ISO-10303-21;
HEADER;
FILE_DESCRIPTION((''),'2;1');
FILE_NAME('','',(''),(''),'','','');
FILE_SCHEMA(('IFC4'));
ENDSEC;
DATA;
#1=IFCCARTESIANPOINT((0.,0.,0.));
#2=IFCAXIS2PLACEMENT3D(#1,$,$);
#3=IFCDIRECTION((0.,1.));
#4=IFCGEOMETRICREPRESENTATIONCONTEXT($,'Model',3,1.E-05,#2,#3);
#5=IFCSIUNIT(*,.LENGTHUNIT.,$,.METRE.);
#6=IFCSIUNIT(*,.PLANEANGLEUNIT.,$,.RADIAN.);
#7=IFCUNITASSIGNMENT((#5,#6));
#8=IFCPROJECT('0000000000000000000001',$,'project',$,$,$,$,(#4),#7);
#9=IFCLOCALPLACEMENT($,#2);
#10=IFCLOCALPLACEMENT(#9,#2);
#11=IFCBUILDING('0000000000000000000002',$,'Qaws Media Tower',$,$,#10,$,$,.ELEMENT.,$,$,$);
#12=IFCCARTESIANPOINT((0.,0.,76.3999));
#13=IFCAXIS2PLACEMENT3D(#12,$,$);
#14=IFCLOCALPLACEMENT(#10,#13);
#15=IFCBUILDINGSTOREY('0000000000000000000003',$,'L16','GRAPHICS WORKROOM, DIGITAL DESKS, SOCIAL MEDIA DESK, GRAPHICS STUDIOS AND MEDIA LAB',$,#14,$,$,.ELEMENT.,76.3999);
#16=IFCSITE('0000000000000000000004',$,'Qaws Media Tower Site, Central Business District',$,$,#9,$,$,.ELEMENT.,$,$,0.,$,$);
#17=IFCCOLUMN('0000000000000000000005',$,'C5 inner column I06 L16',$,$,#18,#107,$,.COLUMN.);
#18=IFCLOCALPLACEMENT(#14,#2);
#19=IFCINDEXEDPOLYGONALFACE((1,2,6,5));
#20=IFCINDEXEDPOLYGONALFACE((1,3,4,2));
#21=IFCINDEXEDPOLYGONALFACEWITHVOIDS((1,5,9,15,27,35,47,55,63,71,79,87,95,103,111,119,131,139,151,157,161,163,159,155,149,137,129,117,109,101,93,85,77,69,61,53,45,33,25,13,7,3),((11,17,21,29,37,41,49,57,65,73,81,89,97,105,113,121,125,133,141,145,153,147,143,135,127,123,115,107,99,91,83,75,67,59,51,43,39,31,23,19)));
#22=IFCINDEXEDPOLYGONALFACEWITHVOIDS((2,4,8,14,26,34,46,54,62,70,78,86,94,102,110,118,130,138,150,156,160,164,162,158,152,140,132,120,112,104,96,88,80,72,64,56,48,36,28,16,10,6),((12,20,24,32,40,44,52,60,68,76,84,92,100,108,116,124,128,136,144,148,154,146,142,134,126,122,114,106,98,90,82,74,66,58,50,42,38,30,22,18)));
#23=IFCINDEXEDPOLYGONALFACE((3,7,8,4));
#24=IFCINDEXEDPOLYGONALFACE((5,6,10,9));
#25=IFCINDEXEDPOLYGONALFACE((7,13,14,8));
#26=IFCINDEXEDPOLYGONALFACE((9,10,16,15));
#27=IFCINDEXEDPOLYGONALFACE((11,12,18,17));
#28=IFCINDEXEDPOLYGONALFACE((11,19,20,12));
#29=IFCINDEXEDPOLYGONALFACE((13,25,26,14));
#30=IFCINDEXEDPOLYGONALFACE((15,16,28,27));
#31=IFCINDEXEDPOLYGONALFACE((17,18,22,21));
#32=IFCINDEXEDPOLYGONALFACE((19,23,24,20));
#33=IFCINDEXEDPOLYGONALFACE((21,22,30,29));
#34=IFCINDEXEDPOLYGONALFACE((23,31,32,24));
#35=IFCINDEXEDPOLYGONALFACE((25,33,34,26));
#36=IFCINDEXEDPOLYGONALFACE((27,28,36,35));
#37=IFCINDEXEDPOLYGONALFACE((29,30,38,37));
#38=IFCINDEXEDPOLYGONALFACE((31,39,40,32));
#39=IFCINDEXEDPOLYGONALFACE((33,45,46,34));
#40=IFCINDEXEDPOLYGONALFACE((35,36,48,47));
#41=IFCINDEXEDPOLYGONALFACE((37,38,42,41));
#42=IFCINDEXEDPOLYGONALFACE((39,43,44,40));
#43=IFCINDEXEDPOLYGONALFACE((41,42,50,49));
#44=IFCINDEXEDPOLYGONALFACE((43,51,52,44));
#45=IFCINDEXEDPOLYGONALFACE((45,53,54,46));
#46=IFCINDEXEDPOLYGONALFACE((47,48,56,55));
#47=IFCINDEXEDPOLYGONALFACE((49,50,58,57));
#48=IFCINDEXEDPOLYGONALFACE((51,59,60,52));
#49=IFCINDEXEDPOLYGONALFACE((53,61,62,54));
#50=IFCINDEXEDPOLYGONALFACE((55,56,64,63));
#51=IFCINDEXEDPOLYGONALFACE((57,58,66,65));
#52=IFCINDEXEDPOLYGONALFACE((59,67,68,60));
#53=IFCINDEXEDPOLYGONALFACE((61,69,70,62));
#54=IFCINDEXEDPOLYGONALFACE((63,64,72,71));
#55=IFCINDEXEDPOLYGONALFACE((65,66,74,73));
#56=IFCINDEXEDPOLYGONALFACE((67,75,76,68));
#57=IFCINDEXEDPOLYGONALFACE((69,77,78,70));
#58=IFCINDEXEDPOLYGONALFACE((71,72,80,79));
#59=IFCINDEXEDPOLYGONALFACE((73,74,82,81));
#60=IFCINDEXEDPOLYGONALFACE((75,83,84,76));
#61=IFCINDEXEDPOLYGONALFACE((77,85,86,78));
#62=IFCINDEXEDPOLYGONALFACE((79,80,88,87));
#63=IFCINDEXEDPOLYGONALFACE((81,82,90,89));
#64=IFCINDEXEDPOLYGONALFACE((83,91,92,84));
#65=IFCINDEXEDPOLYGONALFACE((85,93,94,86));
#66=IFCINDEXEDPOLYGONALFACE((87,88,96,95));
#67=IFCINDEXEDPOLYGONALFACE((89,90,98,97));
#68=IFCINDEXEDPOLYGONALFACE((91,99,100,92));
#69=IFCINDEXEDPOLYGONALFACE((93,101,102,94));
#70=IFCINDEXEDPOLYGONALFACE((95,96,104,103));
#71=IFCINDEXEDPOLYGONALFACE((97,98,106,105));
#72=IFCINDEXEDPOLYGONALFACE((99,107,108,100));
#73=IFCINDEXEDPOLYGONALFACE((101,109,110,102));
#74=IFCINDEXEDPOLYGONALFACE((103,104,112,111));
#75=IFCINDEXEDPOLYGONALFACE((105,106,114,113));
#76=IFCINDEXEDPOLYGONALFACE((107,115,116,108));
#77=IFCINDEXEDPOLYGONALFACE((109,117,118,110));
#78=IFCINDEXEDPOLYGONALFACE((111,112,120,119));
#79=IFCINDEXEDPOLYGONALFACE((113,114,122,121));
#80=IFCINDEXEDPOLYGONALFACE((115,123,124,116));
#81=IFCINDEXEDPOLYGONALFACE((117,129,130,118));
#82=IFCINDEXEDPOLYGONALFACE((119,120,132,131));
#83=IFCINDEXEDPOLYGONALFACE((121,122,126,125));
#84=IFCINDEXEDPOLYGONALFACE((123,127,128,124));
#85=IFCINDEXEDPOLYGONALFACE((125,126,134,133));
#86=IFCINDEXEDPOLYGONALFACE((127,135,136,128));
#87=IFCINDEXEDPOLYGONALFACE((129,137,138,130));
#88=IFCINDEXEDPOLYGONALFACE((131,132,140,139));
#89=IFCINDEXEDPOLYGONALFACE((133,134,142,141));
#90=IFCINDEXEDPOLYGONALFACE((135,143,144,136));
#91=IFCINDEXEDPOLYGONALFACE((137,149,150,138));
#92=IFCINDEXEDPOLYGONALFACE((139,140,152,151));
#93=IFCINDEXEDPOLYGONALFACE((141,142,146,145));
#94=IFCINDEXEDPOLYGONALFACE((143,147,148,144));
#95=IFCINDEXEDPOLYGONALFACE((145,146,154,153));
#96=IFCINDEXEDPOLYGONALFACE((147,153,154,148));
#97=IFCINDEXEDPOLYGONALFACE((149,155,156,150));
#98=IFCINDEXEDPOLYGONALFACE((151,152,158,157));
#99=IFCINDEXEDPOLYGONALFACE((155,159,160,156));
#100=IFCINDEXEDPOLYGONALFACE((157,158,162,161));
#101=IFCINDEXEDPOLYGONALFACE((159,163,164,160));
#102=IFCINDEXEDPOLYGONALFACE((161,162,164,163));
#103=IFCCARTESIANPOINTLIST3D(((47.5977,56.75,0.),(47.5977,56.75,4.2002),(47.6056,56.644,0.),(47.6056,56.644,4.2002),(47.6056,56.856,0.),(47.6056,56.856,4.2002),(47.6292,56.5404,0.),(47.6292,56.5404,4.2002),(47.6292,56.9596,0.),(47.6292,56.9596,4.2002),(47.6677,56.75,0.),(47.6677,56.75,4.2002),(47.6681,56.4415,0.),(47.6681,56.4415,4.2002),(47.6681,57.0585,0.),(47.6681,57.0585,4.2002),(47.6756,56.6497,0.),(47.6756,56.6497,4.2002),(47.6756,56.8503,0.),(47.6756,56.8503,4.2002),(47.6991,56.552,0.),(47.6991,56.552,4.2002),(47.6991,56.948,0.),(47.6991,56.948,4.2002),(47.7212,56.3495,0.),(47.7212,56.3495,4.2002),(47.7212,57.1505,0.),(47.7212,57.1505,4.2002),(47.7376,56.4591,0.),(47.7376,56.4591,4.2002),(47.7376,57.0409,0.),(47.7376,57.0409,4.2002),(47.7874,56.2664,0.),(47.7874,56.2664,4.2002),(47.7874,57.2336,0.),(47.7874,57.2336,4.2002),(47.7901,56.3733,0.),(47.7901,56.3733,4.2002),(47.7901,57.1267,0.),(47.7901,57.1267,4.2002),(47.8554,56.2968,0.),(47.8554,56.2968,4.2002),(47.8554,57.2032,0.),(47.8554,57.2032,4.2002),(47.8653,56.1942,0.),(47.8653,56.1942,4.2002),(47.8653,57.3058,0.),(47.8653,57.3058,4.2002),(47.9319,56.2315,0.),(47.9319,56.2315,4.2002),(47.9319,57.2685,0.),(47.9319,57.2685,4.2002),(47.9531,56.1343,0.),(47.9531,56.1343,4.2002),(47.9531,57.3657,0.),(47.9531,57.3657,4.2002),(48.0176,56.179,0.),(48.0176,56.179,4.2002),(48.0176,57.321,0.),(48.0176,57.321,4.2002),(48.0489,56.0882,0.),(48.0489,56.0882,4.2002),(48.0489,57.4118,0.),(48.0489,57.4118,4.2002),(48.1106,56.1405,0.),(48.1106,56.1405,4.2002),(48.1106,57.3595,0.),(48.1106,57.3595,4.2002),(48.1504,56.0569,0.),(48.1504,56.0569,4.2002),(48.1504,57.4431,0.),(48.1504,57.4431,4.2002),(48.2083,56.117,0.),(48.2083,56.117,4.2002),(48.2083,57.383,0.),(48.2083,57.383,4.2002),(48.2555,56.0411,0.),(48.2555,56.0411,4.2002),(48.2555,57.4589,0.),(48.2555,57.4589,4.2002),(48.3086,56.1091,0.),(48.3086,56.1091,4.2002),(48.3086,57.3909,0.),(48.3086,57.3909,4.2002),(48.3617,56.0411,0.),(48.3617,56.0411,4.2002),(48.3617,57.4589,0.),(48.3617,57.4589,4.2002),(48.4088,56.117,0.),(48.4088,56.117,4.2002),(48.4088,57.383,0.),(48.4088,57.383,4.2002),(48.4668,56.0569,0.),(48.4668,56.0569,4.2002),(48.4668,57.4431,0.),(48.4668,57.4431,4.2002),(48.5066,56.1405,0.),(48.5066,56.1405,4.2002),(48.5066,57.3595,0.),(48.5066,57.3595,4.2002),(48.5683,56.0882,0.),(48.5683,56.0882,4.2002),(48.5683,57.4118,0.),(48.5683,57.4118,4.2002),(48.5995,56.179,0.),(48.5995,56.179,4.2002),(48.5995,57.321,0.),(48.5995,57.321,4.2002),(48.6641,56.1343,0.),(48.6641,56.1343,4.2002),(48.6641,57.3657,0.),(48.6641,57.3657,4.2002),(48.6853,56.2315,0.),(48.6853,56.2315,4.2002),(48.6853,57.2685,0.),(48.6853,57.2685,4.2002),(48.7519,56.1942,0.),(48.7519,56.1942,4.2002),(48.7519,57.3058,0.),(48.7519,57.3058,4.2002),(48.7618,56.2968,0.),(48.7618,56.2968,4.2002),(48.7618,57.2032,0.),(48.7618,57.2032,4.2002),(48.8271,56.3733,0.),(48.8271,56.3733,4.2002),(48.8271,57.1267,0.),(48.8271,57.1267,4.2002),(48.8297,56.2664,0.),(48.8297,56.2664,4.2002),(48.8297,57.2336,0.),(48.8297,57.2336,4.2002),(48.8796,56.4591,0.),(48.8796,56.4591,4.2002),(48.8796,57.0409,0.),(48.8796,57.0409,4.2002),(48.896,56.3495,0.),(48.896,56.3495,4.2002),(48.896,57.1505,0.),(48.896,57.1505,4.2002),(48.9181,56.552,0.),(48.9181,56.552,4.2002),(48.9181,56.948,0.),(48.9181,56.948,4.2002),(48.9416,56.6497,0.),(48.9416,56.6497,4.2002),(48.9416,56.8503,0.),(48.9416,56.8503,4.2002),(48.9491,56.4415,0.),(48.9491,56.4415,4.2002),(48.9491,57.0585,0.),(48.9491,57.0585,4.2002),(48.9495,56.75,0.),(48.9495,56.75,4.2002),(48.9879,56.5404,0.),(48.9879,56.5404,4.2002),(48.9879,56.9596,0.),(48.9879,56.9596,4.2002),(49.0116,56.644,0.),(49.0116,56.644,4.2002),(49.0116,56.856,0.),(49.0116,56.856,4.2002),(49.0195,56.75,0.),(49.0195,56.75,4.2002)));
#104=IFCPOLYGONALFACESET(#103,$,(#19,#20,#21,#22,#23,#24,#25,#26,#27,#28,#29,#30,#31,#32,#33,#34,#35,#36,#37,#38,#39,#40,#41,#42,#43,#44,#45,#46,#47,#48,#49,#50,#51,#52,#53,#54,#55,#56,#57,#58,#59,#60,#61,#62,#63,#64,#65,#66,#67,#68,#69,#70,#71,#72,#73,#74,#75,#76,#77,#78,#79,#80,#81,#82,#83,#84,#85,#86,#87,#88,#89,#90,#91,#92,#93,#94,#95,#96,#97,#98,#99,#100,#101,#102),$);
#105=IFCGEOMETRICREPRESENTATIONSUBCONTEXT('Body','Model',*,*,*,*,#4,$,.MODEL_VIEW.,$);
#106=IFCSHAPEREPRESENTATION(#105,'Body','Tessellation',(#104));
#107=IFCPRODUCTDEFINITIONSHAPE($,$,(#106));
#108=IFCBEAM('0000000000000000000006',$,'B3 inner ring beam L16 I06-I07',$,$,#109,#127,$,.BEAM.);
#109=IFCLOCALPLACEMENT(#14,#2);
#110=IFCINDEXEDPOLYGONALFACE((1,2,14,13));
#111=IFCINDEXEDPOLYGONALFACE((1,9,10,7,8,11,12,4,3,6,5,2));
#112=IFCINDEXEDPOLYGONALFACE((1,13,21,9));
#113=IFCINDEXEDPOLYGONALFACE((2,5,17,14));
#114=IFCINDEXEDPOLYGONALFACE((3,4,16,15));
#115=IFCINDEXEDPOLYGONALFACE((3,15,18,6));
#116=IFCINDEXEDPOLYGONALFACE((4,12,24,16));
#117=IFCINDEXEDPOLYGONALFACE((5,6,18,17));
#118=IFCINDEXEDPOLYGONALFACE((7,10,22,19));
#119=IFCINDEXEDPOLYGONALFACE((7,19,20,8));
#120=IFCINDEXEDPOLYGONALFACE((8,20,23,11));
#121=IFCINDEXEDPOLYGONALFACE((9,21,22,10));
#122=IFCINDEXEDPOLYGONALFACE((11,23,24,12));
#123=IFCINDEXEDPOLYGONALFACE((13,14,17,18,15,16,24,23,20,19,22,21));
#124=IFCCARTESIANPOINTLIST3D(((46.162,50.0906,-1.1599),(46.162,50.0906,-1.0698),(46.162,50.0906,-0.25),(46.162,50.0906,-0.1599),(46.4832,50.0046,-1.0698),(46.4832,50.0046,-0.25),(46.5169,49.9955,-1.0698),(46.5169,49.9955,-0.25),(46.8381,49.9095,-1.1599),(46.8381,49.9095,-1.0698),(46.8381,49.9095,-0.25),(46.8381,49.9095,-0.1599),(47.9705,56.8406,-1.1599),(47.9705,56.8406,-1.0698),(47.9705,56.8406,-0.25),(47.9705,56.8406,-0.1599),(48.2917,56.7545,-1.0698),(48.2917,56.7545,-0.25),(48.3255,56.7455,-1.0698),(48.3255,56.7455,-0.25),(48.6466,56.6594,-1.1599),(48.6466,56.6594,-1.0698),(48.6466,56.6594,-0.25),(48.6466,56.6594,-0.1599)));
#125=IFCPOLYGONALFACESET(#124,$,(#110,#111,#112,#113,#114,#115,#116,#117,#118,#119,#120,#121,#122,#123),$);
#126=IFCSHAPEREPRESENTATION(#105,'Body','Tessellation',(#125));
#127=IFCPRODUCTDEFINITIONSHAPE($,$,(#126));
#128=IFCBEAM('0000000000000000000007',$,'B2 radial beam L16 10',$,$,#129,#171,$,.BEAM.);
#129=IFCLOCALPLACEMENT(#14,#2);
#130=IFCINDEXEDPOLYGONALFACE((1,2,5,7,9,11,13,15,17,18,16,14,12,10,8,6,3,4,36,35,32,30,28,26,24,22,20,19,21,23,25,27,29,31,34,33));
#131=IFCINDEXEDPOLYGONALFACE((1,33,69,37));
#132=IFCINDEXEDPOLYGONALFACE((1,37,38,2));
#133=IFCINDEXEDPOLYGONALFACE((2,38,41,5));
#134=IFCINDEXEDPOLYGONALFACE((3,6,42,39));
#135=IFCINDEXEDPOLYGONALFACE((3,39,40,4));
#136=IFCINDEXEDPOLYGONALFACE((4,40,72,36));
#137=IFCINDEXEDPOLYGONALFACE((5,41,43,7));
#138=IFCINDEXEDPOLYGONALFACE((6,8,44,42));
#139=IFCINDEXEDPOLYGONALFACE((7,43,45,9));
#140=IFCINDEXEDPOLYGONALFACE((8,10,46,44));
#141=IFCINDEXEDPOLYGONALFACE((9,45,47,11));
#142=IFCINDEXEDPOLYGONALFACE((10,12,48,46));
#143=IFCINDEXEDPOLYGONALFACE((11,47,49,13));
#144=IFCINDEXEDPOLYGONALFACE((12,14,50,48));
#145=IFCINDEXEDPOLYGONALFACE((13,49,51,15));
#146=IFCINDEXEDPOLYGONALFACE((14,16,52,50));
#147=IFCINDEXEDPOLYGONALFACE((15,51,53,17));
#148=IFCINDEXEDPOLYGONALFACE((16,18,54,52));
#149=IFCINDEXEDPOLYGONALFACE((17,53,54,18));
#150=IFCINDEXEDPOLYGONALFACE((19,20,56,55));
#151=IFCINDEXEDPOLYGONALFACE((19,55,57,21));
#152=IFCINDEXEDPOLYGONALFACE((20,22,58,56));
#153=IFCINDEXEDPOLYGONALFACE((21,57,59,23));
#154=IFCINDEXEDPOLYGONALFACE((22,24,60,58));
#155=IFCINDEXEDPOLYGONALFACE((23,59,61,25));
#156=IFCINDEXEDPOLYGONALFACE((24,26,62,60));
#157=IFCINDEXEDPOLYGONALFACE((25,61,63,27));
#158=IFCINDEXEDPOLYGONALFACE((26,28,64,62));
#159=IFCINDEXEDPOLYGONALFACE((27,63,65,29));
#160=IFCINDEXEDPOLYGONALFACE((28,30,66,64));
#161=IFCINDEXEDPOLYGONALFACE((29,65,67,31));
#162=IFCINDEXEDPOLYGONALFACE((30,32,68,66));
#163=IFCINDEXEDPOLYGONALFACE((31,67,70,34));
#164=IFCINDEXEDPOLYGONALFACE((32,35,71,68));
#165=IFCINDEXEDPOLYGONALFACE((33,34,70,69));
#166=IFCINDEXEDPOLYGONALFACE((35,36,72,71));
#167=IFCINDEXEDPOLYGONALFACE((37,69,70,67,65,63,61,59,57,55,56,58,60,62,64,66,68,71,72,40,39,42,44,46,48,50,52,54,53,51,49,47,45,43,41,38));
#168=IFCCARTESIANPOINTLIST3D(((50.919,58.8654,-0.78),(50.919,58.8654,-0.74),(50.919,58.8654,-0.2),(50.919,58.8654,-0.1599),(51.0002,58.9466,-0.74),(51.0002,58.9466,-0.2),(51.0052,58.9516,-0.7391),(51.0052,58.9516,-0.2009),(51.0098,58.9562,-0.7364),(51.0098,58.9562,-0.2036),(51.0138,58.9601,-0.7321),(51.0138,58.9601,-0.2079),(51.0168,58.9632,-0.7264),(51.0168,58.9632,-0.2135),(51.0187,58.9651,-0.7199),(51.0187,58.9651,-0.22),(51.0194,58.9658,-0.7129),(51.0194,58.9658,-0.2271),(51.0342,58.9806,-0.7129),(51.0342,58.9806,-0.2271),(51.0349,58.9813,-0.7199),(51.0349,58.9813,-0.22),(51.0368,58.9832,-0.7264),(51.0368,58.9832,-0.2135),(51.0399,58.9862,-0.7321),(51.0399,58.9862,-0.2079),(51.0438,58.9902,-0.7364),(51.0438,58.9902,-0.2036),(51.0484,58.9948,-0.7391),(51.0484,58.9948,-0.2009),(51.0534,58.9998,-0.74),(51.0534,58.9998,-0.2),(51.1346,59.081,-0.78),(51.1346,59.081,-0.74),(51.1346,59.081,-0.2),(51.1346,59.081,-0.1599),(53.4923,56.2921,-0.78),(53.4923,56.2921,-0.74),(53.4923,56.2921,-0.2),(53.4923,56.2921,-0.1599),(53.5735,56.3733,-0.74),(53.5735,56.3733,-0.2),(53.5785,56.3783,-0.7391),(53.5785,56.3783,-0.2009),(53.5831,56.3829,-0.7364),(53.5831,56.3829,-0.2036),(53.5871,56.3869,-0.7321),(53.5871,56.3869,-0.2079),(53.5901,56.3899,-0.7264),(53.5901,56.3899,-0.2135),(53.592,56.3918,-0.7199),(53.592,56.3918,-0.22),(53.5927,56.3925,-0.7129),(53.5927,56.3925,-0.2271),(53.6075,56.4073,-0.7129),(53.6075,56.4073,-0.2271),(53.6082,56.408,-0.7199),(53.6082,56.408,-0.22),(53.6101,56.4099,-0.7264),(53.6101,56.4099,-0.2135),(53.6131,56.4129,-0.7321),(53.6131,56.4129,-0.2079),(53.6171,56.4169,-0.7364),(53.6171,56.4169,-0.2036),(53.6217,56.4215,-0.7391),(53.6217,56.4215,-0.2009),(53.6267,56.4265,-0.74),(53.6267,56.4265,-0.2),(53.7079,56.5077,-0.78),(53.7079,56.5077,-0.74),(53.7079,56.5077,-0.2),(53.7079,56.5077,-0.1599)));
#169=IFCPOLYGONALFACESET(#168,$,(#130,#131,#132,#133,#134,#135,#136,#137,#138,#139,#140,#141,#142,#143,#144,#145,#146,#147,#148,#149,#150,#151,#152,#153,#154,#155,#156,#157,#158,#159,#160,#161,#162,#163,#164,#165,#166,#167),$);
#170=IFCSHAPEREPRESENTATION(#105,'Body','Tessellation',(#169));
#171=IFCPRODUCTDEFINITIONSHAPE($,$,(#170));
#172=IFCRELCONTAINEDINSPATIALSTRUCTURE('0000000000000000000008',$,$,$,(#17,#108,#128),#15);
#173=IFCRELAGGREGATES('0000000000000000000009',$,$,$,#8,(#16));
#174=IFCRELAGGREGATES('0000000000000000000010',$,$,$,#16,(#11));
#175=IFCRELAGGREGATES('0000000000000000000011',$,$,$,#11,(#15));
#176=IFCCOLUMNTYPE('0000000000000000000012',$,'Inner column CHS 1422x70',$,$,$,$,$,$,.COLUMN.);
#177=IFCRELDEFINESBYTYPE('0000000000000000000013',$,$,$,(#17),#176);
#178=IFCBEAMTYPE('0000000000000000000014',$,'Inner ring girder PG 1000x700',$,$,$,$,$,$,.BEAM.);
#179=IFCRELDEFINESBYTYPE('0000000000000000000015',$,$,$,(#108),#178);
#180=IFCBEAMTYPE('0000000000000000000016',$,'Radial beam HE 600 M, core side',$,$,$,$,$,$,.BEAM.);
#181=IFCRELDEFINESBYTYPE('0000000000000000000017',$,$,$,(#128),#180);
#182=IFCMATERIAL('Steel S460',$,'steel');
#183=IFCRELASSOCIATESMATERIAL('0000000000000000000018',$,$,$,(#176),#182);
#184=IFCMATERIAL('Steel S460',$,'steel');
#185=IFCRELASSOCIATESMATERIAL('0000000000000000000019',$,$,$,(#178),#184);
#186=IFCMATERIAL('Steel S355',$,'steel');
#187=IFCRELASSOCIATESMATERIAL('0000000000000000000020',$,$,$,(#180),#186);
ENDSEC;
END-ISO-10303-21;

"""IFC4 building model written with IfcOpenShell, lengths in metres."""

from ifc_helpers import new_model, si_unit, direction, frame, origin, origin_2d, place, context, subcontext, project, spatial, hollow_circle, i_section, extrude, material, material_profile, profile_set, type_object, element, save


model = new_model("IFC4")

# Units and contexts
model_context = context("Model", 3, precision=1e-05, world=origin(), true_north=direction((0.0, 1.0)))
body_context = subcontext(model_context, "Body", "Model", "MODEL_VIEW")
ifc_project = project(units=[si_unit("LENGTHUNIT", "METRE"), si_unit("PLANEANGLEUNIT", "RADIAN")], contexts=[model_context])

# Site, building, storey
site_placement = place(None, origin())
site = spatial("IfcSite", under=ifc_project, at=site_placement, Name="Qaws Media Tower Site, Central Business District", CompositionType="ELEMENT", RefElevation=0.0)
building_placement = place(site_placement, origin())
building = spatial("IfcBuilding", under=site, at=building_placement, Name="Qaws Media Tower", CompositionType="ELEMENT")
storey_placement = place(building_placement, frame((0.0, 0.0, 76.3999)))
storey = spatial("IfcBuildingStorey", under=building, at=storey_placement, Name="L16", Description="GRAPHICS WORKROOM, DIGITAL DESKS, SOCIAL MEDIA DESK, GRAPHICS STUDIOS AND MEDIA LAB", CompositionType="ELEMENT", Elevation=76.3999)

# Column
ifc_material_1 = material(Name="Steel S460", Category="steel")
ifc_material_profile_1 = material_profile(ifc_material_1, hollow_circle(Radius=0.7109, WallThickness=0.0701, at=origin_2d()), Name="CHS 1422x70")
ifc_profile_set_1 = profile_set([ifc_material_profile_1], Name="Steel S460")
column_type = type_object("IfcColumnType", Name="Inner column CHS 1422x70", PredefinedType="COLUMN", material=ifc_profile_set_1)
column_placement = place(storey_placement, frame((48.3086, 56.75, 0.0), z_axis=(0.0, 0.0, 1.0), x_axis=(1.0, 0.0, 0.0)))
element("IfcColumn", 1, at=column_placement, inside=storey, type_object=column_type, Name="C5 inner column I06 L16", PredefinedType="COLUMN", context=body_context, shape_type="SweptSolid", body=[
    extrude(hollow_circle(Radius=0.7109, WallThickness=0.0701, at=origin_2d()), origin(), (0.0, 0.0, 1.0), 4.2002),
])

# Beams
ifc_material_2 = material(Name="Steel S460", Category="steel")
ifc_material_profile_2 = material_profile(ifc_material_2, i_section(OverallWidth=0.7, OverallDepth=1.0, WebThickness=0.0349, FlangeThickness=0.0901, at=origin_2d()), Name="PG 1000x700")
ifc_profile_set_2 = profile_set([ifc_material_profile_2], Name="Steel S460")
beam_type_1 = type_object("IfcBeamType", Name="Inner ring girder PG 1000x700", PredefinedType="BEAM", material=ifc_profile_set_2)
beam_1_placement = place(storey_placement, frame((48.3086, 56.75, -0.6599), z_axis=(-0.258811, -0.965928, 0.0), x_axis=(0.965928, -0.258811, 0.0)))
element("IfcBeam", 2, at=beam_1_placement, inside=storey, type_object=beam_type_1, Name="B3 inner ring beam L16 I06-I07", PredefinedType="BEAM", context=body_context, shape_type="SweptSolid", body=[
    extrude(i_section(OverallWidth=0.7, OverallDepth=1.0, WebThickness=0.0349, FlangeThickness=0.0901, at=origin_2d()), origin(), (0.0, 0.0, 1.0), 6.988),
])
ifc_material_3 = material(Name="Steel S355", Category="steel")
ifc_material_profile_3 = material_profile(ifc_material_3, i_section(OverallWidth=0.3049, OverallDepth=0.6201, WebThickness=0.021, FlangeThickness=0.04, FilletRadius=0.0271, at=origin_2d()), Name="HE 600 M")
ifc_profile_set_3 = profile_set([ifc_material_profile_3], Name="Steel S355")
beam_type_2 = type_object("IfcBeamType", Name="Radial beam HE 600 M, core side", PredefinedType="BEAM", material=ifc_profile_set_3)
beam_2_placement = place(storey_placement, frame((53.6001, 56.3999, -0.47), z_axis=(-0.707107, 0.707107, 0.0), x_axis=(-0.707107, -0.707107, 0.0)))
element("IfcBeam", 3, at=beam_2_placement, inside=storey, type_object=beam_type_2, Name="B2 radial beam L16 10", PredefinedType="BEAM", context=body_context, shape_type="SweptSolid", body=[
    extrude(i_section(OverallWidth=0.3049, OverallDepth=0.6201, WebThickness=0.021, FlangeThickness=0.04, FilletRadius=0.0271, at=origin_2d()), origin(), (0.0, 0.0, 1.0), 3.6392),
])

save(model, "model.ifc")
